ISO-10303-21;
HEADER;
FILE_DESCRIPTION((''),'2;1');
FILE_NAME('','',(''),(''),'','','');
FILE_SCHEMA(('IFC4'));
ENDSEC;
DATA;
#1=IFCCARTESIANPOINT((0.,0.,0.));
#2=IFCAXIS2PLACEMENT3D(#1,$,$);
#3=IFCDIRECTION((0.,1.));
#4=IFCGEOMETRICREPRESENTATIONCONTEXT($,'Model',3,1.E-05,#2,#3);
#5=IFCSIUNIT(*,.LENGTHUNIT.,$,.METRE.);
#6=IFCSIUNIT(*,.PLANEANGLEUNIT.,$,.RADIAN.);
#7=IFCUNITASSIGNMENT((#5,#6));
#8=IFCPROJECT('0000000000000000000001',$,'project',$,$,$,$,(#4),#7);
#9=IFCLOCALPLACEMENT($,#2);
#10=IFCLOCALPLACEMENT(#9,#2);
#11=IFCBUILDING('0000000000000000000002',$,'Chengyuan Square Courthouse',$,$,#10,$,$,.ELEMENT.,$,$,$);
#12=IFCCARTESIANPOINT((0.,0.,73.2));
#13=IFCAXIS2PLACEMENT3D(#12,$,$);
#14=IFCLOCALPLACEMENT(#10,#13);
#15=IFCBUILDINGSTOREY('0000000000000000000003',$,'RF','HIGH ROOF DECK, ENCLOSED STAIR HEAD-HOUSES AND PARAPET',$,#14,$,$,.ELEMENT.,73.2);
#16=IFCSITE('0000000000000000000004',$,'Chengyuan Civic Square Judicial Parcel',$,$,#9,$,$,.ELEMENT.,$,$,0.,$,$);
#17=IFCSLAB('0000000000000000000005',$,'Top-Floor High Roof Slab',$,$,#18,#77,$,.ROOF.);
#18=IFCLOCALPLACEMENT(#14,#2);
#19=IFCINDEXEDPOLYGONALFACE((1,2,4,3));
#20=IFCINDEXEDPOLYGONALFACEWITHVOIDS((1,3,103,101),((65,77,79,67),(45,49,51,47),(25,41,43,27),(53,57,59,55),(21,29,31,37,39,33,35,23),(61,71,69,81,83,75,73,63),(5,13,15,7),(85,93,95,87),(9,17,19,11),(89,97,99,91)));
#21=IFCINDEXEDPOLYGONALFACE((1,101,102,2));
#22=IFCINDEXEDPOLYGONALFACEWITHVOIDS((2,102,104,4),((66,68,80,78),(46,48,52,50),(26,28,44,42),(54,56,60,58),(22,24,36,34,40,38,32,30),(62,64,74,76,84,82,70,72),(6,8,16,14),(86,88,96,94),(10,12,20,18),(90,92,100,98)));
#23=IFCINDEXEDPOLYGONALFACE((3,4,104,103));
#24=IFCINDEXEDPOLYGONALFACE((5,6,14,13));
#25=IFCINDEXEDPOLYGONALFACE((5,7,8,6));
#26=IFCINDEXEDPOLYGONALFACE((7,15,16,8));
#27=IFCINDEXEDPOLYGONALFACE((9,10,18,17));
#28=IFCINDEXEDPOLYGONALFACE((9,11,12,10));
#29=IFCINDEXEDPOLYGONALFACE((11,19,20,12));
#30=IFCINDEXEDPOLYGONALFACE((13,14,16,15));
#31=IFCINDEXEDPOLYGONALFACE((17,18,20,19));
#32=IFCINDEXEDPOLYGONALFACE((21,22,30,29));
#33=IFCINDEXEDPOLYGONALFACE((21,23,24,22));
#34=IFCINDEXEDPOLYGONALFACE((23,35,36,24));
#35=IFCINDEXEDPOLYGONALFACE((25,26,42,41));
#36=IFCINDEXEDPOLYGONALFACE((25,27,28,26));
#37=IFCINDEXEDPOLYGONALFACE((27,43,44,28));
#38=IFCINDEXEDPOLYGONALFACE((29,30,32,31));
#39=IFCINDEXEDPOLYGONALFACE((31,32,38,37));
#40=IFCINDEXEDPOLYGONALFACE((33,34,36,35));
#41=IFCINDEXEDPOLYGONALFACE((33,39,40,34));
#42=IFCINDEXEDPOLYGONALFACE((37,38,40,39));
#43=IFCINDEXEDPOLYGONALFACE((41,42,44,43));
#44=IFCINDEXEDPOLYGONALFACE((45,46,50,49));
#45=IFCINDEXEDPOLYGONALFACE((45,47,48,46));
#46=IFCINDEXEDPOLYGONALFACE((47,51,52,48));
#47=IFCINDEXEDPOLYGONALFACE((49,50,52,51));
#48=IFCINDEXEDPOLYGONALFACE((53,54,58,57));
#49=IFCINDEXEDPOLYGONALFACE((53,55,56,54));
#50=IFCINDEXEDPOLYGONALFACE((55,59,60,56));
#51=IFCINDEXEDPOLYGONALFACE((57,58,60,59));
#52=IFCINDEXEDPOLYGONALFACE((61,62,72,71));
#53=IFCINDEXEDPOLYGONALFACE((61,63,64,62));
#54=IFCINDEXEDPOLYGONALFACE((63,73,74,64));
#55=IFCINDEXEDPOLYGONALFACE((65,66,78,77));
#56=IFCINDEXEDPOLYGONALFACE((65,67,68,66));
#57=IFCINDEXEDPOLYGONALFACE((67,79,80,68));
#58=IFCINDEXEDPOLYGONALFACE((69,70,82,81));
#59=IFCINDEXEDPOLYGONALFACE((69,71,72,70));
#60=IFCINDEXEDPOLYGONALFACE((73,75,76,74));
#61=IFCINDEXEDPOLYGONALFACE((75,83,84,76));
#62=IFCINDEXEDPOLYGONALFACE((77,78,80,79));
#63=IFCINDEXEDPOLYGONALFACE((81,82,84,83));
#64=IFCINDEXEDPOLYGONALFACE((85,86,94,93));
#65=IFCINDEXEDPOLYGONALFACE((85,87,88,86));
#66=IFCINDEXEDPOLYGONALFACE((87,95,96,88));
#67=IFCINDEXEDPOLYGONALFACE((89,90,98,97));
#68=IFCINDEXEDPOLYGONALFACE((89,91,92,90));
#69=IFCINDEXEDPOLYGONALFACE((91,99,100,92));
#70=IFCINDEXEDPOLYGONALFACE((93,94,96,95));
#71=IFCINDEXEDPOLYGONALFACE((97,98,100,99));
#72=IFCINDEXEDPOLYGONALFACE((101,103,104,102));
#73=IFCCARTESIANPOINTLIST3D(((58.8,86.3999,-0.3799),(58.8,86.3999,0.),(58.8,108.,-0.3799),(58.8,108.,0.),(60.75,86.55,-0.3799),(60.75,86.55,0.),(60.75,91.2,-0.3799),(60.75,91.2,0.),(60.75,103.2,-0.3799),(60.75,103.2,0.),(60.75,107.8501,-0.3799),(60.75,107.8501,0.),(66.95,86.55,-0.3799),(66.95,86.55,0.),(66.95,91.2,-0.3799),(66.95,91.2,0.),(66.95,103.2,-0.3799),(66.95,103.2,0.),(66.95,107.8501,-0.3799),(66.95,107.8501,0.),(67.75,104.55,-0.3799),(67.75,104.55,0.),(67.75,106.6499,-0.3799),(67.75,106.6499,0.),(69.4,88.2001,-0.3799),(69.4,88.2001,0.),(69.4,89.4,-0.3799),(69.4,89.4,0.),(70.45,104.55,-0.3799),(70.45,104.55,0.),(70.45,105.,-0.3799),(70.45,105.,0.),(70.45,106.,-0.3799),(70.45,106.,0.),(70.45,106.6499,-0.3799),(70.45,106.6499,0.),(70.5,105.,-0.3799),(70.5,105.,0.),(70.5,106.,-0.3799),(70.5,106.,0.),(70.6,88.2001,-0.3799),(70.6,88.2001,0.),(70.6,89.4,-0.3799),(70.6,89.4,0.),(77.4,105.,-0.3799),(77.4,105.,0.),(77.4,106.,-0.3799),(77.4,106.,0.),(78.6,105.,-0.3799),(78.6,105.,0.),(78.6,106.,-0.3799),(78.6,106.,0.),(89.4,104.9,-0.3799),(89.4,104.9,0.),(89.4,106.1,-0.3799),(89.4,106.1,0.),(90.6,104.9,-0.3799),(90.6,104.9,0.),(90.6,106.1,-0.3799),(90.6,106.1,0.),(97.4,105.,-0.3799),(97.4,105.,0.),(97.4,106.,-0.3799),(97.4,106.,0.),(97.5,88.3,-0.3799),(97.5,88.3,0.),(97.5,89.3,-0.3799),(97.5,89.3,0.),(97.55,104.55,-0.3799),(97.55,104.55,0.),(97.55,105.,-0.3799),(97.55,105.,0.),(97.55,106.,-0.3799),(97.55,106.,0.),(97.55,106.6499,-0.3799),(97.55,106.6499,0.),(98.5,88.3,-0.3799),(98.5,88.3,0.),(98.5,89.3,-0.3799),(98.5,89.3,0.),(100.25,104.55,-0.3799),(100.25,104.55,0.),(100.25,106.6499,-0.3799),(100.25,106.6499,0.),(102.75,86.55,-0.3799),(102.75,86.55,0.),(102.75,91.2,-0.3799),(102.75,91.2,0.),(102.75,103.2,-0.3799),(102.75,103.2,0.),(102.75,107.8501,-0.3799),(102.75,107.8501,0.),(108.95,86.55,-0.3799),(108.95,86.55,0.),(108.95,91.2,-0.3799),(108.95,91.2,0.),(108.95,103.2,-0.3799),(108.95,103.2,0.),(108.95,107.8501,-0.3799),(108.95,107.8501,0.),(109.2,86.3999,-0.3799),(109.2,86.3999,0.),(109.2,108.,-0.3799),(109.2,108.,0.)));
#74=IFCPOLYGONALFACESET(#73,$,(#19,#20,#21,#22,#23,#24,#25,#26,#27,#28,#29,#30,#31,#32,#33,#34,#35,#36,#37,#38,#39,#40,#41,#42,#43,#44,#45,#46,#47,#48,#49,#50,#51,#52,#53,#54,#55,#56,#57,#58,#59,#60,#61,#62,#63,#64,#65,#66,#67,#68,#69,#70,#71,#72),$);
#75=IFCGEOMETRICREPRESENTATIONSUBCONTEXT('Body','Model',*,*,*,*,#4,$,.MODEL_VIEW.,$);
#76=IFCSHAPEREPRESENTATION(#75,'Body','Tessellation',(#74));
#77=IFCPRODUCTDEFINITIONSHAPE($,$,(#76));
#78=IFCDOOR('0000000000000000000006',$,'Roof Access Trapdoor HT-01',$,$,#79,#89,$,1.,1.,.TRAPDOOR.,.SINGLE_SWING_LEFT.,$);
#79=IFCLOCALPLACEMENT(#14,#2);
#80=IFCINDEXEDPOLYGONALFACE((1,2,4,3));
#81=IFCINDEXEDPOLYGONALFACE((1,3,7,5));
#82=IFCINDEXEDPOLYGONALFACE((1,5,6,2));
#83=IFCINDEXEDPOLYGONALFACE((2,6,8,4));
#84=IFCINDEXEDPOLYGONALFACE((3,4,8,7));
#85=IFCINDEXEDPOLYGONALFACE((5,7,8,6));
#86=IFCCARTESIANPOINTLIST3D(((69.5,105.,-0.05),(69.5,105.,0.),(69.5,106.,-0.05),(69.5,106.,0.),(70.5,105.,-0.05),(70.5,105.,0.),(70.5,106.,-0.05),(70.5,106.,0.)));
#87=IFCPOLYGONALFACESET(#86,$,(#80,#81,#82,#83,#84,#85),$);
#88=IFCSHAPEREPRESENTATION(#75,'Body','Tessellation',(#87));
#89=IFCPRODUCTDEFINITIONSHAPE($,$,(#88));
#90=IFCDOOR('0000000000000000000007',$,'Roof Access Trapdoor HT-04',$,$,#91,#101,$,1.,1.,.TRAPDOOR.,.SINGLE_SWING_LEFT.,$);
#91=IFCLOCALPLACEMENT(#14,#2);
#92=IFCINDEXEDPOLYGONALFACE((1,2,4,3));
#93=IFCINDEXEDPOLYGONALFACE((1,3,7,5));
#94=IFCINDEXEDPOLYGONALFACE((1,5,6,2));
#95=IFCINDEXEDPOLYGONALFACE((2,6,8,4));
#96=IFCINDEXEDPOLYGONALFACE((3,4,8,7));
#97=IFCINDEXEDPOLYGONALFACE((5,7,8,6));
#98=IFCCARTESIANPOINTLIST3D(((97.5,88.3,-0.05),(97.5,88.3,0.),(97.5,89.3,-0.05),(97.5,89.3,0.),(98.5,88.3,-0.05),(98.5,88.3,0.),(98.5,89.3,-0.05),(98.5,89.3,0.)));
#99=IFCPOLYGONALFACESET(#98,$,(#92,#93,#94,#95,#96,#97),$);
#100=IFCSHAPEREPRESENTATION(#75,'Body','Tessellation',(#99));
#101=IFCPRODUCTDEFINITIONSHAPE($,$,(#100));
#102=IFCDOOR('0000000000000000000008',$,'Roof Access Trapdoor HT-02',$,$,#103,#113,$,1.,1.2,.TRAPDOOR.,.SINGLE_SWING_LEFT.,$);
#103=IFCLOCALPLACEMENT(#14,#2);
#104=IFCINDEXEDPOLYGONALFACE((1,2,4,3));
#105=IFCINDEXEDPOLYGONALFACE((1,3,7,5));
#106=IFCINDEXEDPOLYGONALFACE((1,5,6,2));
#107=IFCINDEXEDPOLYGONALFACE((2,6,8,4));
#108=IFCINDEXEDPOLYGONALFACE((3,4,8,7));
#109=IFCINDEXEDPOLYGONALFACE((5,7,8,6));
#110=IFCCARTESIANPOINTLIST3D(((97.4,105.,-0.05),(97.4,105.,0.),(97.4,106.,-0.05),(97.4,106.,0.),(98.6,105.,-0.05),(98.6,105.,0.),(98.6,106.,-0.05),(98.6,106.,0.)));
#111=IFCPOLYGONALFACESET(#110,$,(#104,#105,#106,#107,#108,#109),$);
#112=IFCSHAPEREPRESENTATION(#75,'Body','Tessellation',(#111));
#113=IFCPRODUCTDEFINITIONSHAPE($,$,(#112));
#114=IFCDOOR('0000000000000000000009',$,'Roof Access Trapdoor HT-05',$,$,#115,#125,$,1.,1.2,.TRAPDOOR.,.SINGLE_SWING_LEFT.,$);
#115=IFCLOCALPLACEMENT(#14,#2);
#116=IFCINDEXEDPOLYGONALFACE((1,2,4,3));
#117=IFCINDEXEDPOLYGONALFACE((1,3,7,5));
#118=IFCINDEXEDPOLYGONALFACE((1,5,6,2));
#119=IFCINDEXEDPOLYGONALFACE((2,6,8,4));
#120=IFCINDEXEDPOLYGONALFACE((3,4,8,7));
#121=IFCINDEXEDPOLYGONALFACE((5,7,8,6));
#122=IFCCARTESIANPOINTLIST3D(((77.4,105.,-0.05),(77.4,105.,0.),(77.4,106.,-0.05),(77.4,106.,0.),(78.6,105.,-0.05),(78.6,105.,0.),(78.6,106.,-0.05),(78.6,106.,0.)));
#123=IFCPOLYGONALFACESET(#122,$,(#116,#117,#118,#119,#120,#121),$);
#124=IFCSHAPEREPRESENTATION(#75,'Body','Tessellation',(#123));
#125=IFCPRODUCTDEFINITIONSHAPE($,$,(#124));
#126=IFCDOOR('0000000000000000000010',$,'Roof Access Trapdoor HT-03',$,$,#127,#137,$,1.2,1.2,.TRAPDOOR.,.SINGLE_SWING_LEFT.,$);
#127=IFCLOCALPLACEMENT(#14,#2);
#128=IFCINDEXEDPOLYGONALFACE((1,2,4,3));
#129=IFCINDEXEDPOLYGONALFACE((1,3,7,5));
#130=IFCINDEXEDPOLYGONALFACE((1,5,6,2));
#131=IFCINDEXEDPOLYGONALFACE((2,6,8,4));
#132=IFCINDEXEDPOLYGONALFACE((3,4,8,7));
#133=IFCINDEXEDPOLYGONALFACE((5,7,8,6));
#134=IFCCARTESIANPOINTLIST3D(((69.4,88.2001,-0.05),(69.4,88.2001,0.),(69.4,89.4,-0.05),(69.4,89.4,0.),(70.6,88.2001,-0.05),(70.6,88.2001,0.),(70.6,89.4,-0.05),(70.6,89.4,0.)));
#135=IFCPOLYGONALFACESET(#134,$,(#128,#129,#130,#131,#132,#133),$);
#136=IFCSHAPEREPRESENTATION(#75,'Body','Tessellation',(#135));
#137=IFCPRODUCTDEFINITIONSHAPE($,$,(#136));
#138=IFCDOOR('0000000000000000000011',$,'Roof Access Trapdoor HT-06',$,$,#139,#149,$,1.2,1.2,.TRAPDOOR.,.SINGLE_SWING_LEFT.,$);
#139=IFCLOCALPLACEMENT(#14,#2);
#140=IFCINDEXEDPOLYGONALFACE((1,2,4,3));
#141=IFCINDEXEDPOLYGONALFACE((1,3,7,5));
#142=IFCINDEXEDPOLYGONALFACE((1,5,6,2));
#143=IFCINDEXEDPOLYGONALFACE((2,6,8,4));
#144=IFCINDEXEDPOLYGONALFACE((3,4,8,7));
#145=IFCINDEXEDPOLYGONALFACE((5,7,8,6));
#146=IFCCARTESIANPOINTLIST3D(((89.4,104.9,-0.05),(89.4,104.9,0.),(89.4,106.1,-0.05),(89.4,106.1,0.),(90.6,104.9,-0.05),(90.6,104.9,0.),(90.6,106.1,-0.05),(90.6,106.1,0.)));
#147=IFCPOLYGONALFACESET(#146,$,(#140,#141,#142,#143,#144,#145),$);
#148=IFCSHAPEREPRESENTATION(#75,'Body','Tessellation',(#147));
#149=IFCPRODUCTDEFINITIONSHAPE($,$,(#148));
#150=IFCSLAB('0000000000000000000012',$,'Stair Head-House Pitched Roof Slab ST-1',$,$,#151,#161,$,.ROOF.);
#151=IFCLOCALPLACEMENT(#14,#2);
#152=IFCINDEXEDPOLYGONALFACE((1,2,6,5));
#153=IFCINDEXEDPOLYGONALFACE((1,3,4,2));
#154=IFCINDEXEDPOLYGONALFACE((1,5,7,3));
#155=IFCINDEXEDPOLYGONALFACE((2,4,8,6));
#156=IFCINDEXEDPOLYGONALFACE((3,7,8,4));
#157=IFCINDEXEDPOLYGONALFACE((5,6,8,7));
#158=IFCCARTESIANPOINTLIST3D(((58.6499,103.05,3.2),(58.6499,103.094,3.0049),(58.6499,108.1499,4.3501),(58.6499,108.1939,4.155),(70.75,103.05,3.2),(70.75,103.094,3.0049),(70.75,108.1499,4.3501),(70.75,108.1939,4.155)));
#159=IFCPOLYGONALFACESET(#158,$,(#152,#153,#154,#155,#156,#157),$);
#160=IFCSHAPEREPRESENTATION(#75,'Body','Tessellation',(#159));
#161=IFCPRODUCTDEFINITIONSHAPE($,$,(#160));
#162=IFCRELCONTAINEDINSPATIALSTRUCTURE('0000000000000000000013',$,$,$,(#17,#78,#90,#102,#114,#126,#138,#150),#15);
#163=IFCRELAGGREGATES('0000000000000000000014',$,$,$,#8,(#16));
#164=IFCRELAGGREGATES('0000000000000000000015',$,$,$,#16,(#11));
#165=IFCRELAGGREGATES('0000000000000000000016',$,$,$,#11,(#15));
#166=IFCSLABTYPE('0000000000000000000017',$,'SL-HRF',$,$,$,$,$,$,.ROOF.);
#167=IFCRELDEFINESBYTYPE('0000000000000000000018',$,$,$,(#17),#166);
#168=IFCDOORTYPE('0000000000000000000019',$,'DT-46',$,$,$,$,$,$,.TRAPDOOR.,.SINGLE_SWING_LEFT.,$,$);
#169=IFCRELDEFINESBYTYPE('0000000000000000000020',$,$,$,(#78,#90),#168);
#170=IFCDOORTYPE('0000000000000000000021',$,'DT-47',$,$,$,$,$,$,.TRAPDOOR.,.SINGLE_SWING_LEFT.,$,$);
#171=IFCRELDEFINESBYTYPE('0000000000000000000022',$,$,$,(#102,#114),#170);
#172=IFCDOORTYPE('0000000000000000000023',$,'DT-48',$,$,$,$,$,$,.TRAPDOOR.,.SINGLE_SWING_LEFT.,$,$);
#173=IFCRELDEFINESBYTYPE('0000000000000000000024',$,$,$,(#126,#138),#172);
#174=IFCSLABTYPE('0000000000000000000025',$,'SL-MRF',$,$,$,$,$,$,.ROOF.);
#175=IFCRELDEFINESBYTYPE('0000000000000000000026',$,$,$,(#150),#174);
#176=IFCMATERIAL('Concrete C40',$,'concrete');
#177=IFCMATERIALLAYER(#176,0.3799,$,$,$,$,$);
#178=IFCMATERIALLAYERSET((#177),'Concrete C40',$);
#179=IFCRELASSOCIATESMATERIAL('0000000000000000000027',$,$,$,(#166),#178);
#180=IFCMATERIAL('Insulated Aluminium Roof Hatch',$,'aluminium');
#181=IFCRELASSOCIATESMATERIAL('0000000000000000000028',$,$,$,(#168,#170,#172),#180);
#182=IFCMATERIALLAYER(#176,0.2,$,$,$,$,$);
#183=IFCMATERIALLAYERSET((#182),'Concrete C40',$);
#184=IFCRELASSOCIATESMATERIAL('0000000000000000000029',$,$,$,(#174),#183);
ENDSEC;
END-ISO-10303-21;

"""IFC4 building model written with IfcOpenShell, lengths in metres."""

from ifc_helpers import new_model, si_unit, direction, frame, origin, origin_2d, place, context, subcontext, project, spatial, polyline, rectangle, outline, extrude, material, layer, layer_set, type_object, element, fill, save


model = new_model("IFC4")

# Units and contexts
model_context = context("Model", 3, precision=1e-05, world=origin(), true_north=direction((0.0, 1.0)))
body_context = subcontext(model_context, "Body", "Model", "MODEL_VIEW")
ifc_project = project(units=[si_unit("LENGTHUNIT", "METRE"), si_unit("PLANEANGLEUNIT", "RADIAN")], contexts=[model_context])

# Site, building, storey
site_placement = place(None, origin())
site = spatial("IfcSite", under=ifc_project, at=site_placement, Name="Chengyuan Civic Square Judicial Parcel", CompositionType="ELEMENT", RefElevation=0.0)
building_placement = place(site_placement, origin())
building = spatial("IfcBuilding", under=site, at=building_placement, Name="Chengyuan Square Courthouse", CompositionType="ELEMENT")
storey_placement = place(building_placement, frame((0.0, 0.0, 73.2)))
storey = spatial("IfcBuildingStorey", under=building, at=storey_placement, Name="RF", Description="HIGH ROOF DECK, ENCLOSED STAIR HEAD-HOUSES AND PARAPET", CompositionType="ELEMENT", Elevation=73.2)

# Slab, openings, doors
ifc_material_1 = material(Name="Concrete C40", Category="concrete")
ifc_layer_1 = layer(ifc_material_1, 0.3799)
ifc_layer_set_1 = layer_set([ifc_layer_1], Name="Concrete C40")
slab_type_1 = type_object("IfcSlabType", Name="SL-HRF", PredefinedType="ROOF", material=ifc_layer_set_1)
slab_1_placement = place(storey_placement, frame((0.0, 0.0, -0.3799)))
slab_1 = element("IfcSlab", 1, at=slab_1_placement, inside=storey, type_object=slab_type_1, Name="Top-Floor High Roof Slab", PredefinedType="ROOF", context=body_context, shape_type="SweptSolid", body=[
    extrude(outline(polyline([(58.8, 86.3999), (109.2, 86.3999), (109.2, 108.0), (58.8, 108.0), (58.8, 86.3999)]), holes=[polyline([(60.75, 103.2), (66.95, 103.2), (66.95, 107.8501), (60.75, 107.8501), (60.75, 103.2)]), polyline([(102.75, 103.2), (108.95, 103.2), (108.95, 107.8501), (102.75, 107.8501), (102.75, 103.2)]), polyline([(60.75, 86.55), (66.95, 86.55), (66.95, 91.2), (60.75, 91.2), (60.75, 86.55)]), polyline([(102.75, 86.55), (108.95, 86.55), (108.95, 91.2), (102.75, 91.2), (102.75, 86.55)]), polyline([(67.75, 104.55), (70.45, 104.55), (70.45, 106.6499), (67.75, 106.6499), (67.75, 104.55)]), polyline([(97.55, 104.55), (100.25, 104.55), (100.25, 106.6499), (97.55, 106.6499), (97.55, 104.55)])]), origin(), (0.0, 0.0, 1.0), 0.3799),
])
opening_1_placement = place(slab_1_placement, frame((70.0, 105.5, 0.0)))
opening_1 = element("IfcOpeningElement", 2, at=opening_1_placement, cuts=slab_1, PredefinedType="OPENING", context=body_context, shape_type="SweptSolid", body=[
    extrude(rectangle(XDim=1.0, YDim=1.0, at=origin_2d()), origin(), (0.0, 0.0, 1.0), 0.3799),
])
opening_2_placement = place(slab_1_placement, frame((98.0, 105.5, 0.0)))
opening_2 = element("IfcOpeningElement", 3, at=opening_2_placement, cuts=slab_1, PredefinedType="OPENING", context=body_context, shape_type="SweptSolid", body=[
    extrude(rectangle(XDim=1.2, YDim=1.0, at=origin_2d()), origin(), (0.0, 0.0, 1.0), 0.3799),
])
opening_3_placement = place(slab_1_placement, frame((70.0, 88.8, 0.0)))
opening_3 = element("IfcOpeningElement", 4, at=opening_3_placement, cuts=slab_1, PredefinedType="OPENING", context=body_context, shape_type="SweptSolid", body=[
    extrude(rectangle(XDim=1.2, YDim=1.2, at=origin_2d()), origin(), (0.0, 0.0, 1.0), 0.3799),
])
opening_4_placement = place(slab_1_placement, frame((98.0, 88.8, 0.0)))
opening_4 = element("IfcOpeningElement", 5, at=opening_4_placement, cuts=slab_1, PredefinedType="OPENING", context=body_context, shape_type="SweptSolid", body=[
    extrude(rectangle(XDim=1.0, YDim=1.0, at=origin_2d()), origin(), (0.0, 0.0, 1.0), 0.3799),
])
opening_5_placement = place(slab_1_placement, frame((78.0, 105.5, 0.0)))
opening_5 = element("IfcOpeningElement", 6, at=opening_5_placement, cuts=slab_1, PredefinedType="OPENING", context=body_context, shape_type="SweptSolid", body=[
    extrude(rectangle(XDim=1.2, YDim=1.0, at=origin_2d()), origin(), (0.0, 0.0, 1.0), 0.3799),
])
opening_6_placement = place(slab_1_placement, frame((90.0, 105.5, 0.0)))
opening_6 = element("IfcOpeningElement", 7, at=opening_6_placement, cuts=slab_1, PredefinedType="OPENING", context=body_context, shape_type="SweptSolid", body=[
    extrude(rectangle(XDim=1.2, YDim=1.2, at=origin_2d()), origin(), (0.0, 0.0, 1.0), 0.3799),
])
ifc_material_2 = material(Name="Insulated Aluminium Roof Hatch", Category="aluminium")
door_type_1 = type_object("IfcDoorType", Name="DT-46", OperationType="SINGLE_SWING_LEFT", PredefinedType="TRAPDOOR", material=ifc_material_2)
door_1_placement = place(opening_1_placement, frame((0.0, 0.0, 0.3298)))
door_1 = element("IfcDoor", 8, at=door_1_placement, inside=storey, type_object=door_type_1, Name="Roof Access Trapdoor HT-01", OperationType="SINGLE_SWING_LEFT", OverallHeight=1.0, OverallWidth=1.0, PredefinedType="TRAPDOOR", context=body_context, shape_type="SweptSolid", body=[
    extrude(rectangle(XDim=1.0, YDim=1.0, at=origin_2d()), origin(), (0.0, 0.0, 1.0), 0.05),
])
fill(opening_1, door_1)
door_2_placement = place(opening_4_placement, frame((0.0, 0.0, 0.3298)))
door_2 = element("IfcDoor", 9, at=door_2_placement, inside=storey, type_object=door_type_1, Name="Roof Access Trapdoor HT-04", OperationType="SINGLE_SWING_LEFT", OverallHeight=1.0, OverallWidth=1.0, PredefinedType="TRAPDOOR", context=body_context, shape_type="SweptSolid", body=[
    extrude(rectangle(XDim=1.0, YDim=1.0, at=origin_2d()), origin(), (0.0, 0.0, 1.0), 0.05),
])
fill(opening_4, door_2)
door_type_2 = type_object("IfcDoorType", Name="DT-47", OperationType="SINGLE_SWING_LEFT", PredefinedType="TRAPDOOR", material=ifc_material_2)
door_3_placement = place(opening_2_placement, frame((0.0, 0.0, 0.3298)))
door_3 = element("IfcDoor", 10, at=door_3_placement, inside=storey, type_object=door_type_2, Name="Roof Access Trapdoor HT-02", OperationType="SINGLE_SWING_LEFT", OverallHeight=1.0, OverallWidth=1.2, PredefinedType="TRAPDOOR", context=body_context, shape_type="SweptSolid", body=[
    extrude(rectangle(XDim=1.2, YDim=1.0, at=origin_2d()), origin(), (0.0, 0.0, 1.0), 0.05),
])
fill(opening_2, door_3)
door_4_placement = place(opening_5_placement, frame((0.0, 0.0, 0.3298)))
door_4 = element("IfcDoor", 11, at=door_4_placement, inside=storey, type_object=door_type_2, Name="Roof Access Trapdoor HT-05", OperationType="SINGLE_SWING_LEFT", OverallHeight=1.0, OverallWidth=1.2, PredefinedType="TRAPDOOR", context=body_context, shape_type="SweptSolid", body=[
    extrude(rectangle(XDim=1.2, YDim=1.0, at=origin_2d()), origin(), (0.0, 0.0, 1.0), 0.05),
])
fill(opening_5, door_4)
door_type_3 = type_object("IfcDoorType", Name="DT-48", OperationType="SINGLE_SWING_LEFT", PredefinedType="TRAPDOOR", material=ifc_material_2)
door_5_placement = place(opening_3_placement, frame((0.0, 0.0, 0.3298)))
door_5 = element("IfcDoor", 12, at=door_5_placement, inside=storey, type_object=door_type_3, Name="Roof Access Trapdoor HT-03", OperationType="SINGLE_SWING_LEFT", OverallHeight=1.2, OverallWidth=1.2, PredefinedType="TRAPDOOR", context=body_context, shape_type="SweptSolid", body=[
    extrude(rectangle(XDim=1.2, YDim=1.2, at=origin_2d()), origin(), (0.0, 0.0, 1.0), 0.05),
])
fill(opening_3, door_5)
door_6_placement = place(opening_6_placement, frame((0.0, 0.0, 0.3298)))
door_6 = element("IfcDoor", 13, at=door_6_placement, inside=storey, type_object=door_type_3, Name="Roof Access Trapdoor HT-06", OperationType="SINGLE_SWING_LEFT", OverallHeight=1.2, OverallWidth=1.2, PredefinedType="TRAPDOOR", context=body_context, shape_type="SweptSolid", body=[
    extrude(rectangle(XDim=1.2, YDim=1.2, at=origin_2d()), origin(), (0.0, 0.0, 1.0), 0.05),
])
fill(opening_6, door_6)

# Slab
ifc_layer_2 = layer(ifc_material_1, 0.2)
ifc_layer_set_2 = layer_set([ifc_layer_2], Name="Concrete C40")
slab_type_2 = type_object("IfcSlabType", Name="SL-MRF", PredefinedType="ROOF", material=ifc_layer_set_2)
slab_2_placement = place(storey_placement, frame((58.6499, 103.05, 3.2), z_axis=(0.0, -0.22, 0.9755), x_axis=(1.0, 0.0, 0.0)))
element("IfcSlab", 14, at=slab_2_placement, inside=storey, type_object=slab_type_2, Name="Stair Head-House Pitched Roof Slab ST-1", PredefinedType="ROOF", context=body_context, shape_type="SweptSolid", body=[
    extrude(outline(polyline([(0.0, 0.0), (12.1001, 0.0), (12.1001, 5.2279), (0.0, 5.2279), (0.0, 0.0)])), origin(), (0.0, 0.0, -1.0), 0.2),
])

save(model, "model.ifc")
